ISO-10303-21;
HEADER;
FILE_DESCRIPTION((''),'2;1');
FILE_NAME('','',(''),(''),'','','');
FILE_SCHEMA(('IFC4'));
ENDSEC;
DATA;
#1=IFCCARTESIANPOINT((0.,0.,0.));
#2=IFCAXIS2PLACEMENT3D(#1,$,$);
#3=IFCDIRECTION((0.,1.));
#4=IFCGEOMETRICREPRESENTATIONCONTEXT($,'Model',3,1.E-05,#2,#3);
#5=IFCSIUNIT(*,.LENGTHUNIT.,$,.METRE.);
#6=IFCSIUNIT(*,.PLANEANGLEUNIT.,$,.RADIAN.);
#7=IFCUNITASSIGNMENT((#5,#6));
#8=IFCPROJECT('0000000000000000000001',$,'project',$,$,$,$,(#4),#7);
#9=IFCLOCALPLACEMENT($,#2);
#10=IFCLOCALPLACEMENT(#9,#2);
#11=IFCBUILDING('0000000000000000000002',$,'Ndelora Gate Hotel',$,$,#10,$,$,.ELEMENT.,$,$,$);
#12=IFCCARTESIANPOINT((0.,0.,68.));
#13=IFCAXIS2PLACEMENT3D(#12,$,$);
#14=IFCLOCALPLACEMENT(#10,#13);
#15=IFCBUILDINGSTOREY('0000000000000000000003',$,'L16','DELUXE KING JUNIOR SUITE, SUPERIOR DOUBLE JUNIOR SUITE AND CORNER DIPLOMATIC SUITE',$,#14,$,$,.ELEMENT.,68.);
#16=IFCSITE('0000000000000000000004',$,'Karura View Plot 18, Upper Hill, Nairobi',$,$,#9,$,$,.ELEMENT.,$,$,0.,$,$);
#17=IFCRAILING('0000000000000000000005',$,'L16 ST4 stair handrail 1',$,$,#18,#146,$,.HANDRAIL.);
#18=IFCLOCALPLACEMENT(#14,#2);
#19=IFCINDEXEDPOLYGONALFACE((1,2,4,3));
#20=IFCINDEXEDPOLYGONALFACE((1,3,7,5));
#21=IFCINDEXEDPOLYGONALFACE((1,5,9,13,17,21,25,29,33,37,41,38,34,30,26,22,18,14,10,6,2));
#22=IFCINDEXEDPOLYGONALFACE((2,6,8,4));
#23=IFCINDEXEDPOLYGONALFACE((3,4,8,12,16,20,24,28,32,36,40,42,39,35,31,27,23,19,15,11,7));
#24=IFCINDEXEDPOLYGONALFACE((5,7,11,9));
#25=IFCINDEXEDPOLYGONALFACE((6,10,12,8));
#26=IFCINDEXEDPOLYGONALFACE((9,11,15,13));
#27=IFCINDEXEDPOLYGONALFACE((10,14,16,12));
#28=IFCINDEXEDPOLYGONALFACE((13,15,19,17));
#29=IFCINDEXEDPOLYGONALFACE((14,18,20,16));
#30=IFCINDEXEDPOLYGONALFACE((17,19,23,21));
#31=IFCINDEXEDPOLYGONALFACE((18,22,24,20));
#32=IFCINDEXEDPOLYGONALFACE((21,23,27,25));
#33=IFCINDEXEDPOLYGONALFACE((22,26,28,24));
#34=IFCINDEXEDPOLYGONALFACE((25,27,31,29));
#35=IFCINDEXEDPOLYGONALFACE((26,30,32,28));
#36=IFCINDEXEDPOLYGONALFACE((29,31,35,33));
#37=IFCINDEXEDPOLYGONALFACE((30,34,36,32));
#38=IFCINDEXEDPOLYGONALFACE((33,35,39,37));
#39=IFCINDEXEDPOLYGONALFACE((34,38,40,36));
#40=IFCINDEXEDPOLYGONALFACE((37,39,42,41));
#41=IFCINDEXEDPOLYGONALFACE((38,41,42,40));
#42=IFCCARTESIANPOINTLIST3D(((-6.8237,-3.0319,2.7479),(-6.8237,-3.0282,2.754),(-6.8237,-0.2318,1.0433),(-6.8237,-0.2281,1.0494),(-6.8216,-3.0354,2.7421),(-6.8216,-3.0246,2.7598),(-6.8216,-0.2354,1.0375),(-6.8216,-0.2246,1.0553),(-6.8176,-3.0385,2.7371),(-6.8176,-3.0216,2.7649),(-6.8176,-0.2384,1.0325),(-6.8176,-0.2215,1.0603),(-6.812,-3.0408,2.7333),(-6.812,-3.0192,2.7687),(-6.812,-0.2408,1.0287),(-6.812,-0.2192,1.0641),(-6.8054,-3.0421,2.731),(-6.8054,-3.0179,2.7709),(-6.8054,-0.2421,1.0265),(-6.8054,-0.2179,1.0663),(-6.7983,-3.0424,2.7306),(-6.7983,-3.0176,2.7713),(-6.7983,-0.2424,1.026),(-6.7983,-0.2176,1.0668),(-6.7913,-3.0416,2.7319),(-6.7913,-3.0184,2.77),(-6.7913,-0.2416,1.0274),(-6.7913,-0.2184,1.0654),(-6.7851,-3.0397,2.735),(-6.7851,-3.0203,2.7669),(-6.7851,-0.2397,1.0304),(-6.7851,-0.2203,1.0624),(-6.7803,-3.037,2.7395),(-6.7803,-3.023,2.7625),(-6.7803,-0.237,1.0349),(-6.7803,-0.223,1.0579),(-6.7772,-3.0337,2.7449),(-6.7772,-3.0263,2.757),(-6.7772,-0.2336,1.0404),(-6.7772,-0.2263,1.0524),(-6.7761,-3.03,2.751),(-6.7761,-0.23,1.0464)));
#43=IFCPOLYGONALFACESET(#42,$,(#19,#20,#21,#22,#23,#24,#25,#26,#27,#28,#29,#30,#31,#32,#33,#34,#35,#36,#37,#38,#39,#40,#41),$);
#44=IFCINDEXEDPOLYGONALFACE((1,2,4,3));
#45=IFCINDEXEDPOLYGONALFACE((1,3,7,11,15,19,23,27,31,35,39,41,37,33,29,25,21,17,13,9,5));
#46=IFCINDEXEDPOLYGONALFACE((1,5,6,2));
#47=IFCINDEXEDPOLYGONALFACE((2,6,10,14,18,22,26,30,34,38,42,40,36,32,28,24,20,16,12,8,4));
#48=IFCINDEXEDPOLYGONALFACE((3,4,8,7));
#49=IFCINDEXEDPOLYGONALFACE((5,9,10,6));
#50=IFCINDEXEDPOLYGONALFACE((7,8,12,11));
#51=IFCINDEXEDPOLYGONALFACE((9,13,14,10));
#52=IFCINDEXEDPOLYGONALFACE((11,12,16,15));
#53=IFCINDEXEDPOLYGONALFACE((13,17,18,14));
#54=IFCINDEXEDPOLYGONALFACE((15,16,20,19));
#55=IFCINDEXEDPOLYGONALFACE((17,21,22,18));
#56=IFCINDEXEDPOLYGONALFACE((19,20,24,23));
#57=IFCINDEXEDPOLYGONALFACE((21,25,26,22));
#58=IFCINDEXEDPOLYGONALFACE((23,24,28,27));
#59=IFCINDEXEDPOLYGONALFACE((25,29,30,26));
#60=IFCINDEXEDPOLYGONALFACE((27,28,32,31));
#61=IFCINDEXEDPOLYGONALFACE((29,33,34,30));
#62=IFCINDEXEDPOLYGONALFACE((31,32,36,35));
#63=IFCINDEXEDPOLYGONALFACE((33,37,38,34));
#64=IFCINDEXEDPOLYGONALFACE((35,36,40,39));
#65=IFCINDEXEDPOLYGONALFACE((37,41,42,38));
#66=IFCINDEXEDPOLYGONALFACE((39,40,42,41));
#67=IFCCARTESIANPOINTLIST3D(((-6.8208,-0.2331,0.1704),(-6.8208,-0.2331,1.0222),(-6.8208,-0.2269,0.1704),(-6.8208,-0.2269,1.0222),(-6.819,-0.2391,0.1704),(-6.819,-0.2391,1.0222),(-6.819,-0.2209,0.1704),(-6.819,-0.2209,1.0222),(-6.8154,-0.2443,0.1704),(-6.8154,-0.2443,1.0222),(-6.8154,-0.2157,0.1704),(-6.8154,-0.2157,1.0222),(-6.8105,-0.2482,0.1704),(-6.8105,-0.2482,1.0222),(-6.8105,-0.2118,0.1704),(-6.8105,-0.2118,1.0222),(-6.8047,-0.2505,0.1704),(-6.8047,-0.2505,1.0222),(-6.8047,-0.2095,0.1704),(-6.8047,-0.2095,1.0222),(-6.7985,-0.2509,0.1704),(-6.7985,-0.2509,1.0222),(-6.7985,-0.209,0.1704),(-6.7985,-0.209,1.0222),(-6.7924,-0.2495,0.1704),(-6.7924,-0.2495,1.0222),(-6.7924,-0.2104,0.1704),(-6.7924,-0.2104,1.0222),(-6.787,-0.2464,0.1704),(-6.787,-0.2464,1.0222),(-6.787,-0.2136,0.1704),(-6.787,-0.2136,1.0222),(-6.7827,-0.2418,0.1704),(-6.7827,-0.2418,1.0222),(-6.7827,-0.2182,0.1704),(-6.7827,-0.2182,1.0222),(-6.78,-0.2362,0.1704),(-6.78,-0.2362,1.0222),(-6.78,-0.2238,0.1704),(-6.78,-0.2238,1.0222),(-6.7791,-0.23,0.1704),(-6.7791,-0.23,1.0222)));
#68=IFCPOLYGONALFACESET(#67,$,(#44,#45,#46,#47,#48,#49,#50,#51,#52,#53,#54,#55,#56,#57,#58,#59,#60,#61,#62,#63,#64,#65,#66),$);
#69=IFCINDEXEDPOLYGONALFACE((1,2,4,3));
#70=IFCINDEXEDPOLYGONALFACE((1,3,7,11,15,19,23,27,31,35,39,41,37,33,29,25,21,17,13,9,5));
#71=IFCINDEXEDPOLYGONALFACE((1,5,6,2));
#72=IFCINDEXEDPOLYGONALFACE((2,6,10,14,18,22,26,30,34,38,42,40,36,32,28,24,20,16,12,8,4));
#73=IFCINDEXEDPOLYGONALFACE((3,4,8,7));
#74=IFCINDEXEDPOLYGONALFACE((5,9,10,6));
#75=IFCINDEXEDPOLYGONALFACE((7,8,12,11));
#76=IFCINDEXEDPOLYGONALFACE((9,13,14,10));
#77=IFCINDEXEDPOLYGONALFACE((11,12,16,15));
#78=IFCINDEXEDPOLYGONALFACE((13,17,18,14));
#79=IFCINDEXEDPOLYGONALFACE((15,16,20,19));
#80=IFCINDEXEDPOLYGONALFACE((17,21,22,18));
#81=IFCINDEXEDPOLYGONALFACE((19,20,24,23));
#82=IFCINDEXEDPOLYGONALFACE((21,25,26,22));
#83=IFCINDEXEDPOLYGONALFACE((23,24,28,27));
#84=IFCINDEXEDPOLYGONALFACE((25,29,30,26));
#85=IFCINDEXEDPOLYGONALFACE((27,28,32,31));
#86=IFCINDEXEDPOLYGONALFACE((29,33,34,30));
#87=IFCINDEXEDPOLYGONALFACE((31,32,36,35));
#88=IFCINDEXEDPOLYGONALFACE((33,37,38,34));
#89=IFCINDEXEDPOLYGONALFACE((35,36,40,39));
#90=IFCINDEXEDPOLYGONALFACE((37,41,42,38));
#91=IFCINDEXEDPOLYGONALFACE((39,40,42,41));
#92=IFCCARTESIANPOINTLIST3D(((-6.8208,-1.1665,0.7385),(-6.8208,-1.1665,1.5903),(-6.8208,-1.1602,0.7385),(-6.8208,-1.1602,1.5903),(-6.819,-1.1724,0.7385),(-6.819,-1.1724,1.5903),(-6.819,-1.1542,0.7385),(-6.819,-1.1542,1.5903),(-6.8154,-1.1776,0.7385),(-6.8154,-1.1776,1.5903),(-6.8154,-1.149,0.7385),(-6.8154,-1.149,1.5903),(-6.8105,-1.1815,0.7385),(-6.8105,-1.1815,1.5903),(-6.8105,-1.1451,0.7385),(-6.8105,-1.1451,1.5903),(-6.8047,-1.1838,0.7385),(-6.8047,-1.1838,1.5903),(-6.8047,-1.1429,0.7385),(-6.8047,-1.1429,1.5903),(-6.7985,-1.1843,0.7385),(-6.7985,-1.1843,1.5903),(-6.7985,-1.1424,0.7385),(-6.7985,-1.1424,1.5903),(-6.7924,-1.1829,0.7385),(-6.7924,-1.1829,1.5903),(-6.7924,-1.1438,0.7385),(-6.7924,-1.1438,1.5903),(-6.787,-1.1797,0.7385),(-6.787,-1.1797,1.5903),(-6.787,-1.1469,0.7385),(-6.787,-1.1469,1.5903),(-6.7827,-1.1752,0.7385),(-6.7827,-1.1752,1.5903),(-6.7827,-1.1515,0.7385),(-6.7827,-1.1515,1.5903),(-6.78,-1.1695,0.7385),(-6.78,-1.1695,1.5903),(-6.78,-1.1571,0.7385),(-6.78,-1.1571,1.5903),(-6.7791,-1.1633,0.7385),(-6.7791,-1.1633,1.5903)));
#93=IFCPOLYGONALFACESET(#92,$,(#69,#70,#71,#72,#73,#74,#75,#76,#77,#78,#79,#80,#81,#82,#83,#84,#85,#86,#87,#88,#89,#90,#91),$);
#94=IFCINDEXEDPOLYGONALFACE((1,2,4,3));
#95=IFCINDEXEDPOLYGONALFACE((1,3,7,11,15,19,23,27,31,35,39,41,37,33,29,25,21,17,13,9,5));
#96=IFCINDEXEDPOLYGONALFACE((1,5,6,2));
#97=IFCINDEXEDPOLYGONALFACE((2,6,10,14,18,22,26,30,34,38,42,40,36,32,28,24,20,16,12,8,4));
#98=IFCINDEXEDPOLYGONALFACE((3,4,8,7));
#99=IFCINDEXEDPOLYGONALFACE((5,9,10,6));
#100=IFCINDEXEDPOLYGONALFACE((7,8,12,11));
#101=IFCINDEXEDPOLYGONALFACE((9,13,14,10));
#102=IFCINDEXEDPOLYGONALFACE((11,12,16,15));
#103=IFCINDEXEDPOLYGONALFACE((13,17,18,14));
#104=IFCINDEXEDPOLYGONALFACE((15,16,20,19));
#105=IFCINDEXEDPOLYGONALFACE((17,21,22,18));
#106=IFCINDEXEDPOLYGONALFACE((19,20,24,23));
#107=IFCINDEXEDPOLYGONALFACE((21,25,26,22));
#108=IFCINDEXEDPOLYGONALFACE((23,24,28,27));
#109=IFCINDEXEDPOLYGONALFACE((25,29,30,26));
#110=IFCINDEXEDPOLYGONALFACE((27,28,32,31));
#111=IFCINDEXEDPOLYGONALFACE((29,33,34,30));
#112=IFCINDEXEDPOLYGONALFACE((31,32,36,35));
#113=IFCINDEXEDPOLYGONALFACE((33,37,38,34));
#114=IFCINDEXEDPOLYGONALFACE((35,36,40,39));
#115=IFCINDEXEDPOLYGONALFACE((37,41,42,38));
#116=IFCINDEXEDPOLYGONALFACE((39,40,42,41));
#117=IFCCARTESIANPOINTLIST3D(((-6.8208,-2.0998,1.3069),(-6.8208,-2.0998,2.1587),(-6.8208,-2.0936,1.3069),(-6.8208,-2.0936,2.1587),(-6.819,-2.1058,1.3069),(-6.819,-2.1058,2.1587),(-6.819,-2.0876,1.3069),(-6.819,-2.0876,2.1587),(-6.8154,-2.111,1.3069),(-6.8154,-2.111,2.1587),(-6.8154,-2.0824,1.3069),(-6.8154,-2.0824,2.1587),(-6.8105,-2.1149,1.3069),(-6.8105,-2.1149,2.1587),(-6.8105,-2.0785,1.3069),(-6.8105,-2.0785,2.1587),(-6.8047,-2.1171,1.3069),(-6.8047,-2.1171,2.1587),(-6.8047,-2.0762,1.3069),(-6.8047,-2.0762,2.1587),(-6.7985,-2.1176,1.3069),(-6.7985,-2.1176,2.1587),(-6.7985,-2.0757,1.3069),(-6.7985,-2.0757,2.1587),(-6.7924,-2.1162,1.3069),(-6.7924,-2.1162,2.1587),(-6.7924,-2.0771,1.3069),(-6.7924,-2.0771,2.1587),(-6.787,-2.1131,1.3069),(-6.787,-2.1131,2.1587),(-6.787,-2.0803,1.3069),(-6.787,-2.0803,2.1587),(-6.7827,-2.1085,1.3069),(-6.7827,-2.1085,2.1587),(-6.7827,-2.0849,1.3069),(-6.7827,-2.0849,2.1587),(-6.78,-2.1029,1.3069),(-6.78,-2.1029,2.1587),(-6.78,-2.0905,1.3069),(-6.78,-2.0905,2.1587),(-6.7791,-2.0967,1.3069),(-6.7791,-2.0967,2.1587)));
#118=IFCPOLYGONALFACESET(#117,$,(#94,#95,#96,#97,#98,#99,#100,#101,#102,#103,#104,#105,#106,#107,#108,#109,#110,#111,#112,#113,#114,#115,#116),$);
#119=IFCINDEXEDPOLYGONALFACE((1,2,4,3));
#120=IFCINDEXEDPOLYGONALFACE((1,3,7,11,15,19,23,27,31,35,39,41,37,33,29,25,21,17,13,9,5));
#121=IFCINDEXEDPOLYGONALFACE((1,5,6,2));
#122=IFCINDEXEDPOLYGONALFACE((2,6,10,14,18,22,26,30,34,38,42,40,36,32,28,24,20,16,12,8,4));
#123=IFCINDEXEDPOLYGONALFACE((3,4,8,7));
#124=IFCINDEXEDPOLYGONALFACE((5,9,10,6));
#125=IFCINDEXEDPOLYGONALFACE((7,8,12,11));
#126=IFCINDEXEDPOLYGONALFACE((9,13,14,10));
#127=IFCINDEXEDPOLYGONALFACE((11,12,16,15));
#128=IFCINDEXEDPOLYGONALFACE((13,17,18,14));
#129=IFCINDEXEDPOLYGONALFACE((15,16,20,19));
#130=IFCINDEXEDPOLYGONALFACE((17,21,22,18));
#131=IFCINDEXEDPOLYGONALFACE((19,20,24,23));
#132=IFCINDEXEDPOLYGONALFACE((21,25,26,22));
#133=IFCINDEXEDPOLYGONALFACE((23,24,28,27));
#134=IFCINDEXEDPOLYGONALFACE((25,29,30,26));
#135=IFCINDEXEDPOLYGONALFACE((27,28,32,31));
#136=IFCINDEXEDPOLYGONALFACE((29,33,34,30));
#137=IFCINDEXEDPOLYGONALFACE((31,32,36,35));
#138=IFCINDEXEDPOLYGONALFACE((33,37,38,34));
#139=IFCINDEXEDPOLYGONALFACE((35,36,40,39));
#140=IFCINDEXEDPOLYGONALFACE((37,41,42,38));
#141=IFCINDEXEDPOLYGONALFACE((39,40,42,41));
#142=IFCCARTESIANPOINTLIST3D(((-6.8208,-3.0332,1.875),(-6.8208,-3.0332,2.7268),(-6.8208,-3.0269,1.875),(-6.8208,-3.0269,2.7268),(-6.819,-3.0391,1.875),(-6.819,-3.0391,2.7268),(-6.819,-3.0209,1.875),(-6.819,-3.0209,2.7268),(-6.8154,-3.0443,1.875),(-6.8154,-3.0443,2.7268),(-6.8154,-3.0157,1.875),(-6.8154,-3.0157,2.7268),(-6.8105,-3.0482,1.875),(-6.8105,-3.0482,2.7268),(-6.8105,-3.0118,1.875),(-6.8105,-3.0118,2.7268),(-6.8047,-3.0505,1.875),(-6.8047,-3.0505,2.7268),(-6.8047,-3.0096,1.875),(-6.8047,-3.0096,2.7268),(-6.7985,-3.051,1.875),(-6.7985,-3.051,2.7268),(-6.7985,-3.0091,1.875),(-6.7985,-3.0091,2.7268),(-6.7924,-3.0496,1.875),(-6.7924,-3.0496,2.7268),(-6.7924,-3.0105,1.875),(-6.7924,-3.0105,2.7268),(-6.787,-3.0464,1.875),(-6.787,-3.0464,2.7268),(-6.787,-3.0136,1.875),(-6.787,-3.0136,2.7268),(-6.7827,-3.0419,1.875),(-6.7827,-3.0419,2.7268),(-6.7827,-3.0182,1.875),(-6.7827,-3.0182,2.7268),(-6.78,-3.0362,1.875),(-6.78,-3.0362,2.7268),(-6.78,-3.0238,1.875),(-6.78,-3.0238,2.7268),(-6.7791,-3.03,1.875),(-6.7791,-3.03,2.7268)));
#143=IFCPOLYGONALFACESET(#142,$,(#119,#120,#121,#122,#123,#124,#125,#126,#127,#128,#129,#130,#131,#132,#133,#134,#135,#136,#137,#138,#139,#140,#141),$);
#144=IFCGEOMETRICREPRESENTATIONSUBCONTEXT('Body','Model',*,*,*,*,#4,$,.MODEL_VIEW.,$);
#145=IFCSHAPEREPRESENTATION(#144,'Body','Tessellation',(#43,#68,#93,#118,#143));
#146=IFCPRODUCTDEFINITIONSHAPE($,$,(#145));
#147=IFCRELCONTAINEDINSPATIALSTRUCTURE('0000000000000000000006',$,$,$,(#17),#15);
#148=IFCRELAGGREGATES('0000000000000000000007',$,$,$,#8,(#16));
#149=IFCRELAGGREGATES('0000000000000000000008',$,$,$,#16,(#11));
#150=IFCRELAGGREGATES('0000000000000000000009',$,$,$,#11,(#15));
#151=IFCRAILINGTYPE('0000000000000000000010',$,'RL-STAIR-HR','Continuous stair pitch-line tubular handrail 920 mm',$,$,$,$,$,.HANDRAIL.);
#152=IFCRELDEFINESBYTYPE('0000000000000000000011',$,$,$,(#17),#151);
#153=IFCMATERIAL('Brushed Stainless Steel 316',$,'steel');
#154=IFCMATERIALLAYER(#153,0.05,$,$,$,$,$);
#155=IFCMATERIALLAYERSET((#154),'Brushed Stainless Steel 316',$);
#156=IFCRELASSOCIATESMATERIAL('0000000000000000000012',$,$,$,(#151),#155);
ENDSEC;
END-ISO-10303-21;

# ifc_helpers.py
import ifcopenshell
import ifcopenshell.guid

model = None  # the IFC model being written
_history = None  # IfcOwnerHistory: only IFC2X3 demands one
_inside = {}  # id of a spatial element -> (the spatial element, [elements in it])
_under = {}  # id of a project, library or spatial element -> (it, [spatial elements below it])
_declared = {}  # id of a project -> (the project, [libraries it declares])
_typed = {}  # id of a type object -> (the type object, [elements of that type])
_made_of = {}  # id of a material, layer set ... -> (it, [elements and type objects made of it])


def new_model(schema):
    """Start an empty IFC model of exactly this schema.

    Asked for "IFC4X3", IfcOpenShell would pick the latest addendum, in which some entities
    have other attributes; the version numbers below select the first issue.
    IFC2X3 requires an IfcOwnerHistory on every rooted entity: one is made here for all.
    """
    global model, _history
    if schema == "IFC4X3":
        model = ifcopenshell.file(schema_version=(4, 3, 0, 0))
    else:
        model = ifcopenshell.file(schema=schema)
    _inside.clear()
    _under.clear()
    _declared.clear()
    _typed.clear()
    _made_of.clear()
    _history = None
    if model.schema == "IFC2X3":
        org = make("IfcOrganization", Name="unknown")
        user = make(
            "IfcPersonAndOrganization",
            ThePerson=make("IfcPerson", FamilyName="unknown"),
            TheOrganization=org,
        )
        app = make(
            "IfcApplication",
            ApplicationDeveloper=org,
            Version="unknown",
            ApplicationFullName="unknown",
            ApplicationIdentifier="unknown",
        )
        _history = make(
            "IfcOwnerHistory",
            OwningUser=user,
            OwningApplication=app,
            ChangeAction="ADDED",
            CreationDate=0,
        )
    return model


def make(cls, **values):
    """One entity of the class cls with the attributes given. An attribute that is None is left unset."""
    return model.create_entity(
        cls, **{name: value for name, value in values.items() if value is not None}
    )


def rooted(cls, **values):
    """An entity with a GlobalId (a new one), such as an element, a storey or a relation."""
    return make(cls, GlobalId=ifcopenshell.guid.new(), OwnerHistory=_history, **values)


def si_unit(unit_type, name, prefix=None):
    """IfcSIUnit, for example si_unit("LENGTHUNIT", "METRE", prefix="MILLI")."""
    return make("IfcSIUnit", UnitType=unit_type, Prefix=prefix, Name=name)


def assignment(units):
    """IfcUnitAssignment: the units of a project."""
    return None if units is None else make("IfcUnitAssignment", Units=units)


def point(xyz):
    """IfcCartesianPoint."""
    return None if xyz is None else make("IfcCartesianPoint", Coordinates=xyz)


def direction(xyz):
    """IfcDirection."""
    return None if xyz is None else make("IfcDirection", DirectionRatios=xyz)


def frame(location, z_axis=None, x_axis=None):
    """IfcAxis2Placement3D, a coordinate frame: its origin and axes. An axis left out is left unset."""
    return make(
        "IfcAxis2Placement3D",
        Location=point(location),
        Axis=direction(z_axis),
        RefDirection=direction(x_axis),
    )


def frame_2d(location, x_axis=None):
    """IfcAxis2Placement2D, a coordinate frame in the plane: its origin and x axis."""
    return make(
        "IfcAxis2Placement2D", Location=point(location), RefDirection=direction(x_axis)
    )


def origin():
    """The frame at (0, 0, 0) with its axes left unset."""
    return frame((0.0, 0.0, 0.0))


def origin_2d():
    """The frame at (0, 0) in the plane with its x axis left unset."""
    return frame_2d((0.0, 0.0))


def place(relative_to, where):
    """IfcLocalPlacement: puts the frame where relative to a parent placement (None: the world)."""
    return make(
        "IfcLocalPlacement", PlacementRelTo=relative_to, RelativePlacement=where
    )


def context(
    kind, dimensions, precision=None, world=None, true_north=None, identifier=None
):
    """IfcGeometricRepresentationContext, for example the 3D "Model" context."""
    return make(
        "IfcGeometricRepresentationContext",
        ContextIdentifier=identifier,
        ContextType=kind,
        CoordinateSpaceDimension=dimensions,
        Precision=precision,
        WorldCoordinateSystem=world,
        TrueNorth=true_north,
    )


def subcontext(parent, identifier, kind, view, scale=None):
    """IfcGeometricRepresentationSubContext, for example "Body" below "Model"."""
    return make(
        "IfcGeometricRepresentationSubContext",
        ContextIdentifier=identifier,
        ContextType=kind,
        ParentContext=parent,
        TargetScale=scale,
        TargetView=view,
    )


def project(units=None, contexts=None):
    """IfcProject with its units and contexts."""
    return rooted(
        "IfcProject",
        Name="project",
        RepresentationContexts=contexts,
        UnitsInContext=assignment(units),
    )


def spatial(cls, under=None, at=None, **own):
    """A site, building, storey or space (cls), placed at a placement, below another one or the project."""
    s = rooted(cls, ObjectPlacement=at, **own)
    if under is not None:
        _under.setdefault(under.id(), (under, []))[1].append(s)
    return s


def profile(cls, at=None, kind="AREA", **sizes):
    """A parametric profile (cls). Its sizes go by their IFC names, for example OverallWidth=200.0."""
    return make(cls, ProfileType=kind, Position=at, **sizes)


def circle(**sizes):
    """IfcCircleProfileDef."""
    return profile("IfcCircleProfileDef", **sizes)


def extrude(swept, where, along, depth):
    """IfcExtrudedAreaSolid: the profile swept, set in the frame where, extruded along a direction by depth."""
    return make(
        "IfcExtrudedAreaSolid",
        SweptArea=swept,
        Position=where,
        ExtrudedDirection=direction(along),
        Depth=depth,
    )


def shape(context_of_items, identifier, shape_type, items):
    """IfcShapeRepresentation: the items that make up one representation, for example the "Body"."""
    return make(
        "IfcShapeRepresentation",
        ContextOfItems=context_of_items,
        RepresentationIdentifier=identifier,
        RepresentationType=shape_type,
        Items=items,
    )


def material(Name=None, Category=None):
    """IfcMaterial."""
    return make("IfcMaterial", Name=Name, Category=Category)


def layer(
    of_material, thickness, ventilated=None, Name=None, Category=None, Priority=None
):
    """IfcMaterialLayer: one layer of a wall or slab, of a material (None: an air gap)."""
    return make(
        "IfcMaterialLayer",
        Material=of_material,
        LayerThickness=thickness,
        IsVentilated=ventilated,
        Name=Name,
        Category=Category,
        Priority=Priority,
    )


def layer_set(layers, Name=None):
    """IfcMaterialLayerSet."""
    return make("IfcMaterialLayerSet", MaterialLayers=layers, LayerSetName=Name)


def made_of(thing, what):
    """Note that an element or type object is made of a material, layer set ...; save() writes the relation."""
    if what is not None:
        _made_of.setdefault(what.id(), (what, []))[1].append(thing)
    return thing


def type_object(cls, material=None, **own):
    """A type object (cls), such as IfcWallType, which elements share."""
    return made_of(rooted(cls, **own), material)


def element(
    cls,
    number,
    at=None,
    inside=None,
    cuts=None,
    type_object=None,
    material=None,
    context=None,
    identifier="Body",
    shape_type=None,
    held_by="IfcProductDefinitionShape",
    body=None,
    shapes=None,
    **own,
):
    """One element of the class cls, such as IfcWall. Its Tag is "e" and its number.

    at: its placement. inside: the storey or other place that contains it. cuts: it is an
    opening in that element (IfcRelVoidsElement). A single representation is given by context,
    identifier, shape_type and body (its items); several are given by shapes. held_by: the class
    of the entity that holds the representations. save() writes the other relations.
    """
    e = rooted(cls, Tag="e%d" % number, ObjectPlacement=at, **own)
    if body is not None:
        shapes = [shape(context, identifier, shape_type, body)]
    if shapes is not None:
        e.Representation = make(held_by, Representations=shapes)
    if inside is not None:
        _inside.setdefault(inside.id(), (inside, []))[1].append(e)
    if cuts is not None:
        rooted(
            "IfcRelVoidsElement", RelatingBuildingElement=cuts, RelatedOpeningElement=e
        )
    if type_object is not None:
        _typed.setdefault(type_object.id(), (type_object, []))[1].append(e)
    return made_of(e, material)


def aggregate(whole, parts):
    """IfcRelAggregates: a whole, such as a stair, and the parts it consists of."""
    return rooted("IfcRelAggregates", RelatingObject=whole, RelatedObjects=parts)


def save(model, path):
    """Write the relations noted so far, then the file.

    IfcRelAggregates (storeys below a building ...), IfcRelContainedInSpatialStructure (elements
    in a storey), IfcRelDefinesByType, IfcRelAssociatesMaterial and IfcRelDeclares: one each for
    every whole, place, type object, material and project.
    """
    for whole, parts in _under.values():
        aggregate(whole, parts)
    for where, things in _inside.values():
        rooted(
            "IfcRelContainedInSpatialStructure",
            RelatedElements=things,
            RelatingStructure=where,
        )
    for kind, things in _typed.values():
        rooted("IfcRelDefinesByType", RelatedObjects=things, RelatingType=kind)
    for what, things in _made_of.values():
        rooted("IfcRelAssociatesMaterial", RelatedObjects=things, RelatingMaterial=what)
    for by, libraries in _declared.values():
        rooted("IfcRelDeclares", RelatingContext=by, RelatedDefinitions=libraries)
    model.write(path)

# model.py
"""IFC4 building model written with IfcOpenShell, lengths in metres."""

from ifc_helpers import new_model, si_unit, direction, frame, origin, origin_2d, place, context, subcontext, project, spatial, circle, extrude, material, layer, layer_set, type_object, element, save


model = new_model("IFC4")

# Units and contexts
model_context = context("Model", 3, precision=1e-05, world=origin(), true_north=direction((0.0, 1.0)))
body_context = subcontext(model_context, "Body", "Model", "MODEL_VIEW")
ifc_project = project(units=[si_unit("LENGTHUNIT", "METRE"), si_unit("PLANEANGLEUNIT", "RADIAN")], contexts=[model_context])

# Site, building, storey
site_placement = place(None, origin())
site = spatial("IfcSite", under=ifc_project, at=site_placement, Name="Karura View Plot 18, Upper Hill, Nairobi", CompositionType="ELEMENT", RefElevation=0.0)
building_placement = place(site_placement, origin())
building = spatial("IfcBuilding", under=site, at=building_placement, Name="Ndelora Gate Hotel", CompositionType="ELEMENT")
storey_placement = place(building_placement, frame((0.0, 0.0, 68.0)))
storey = spatial("IfcBuildingStorey", under=building, at=storey_placement, Name="L16", Description="DELUXE KING JUNIOR SUITE, SUPERIOR DOUBLE JUNIOR SUITE AND CORNER DIPLOMATIC SUITE", CompositionType="ELEMENT", Elevation=68.0)

# Railing
ifc_material_1 = material(Name="Brushed Stainless Steel 316", Category="steel")
ifc_layer_1 = layer(ifc_material_1, 0.05)
ifc_layer_set_1 = layer_set([ifc_layer_1], Name="Brushed Stainless Steel 316")
railing_type_1 = type_object("IfcRailingType", Name="RL-STAIR-HR", Description="Continuous stair pitch-line tubular handrail 920 mm", PredefinedType="HANDRAIL", material=ifc_layer_set_1)
railing_1_placement = place(storey_placement, frame((-6.8, -0.23, 0.1704)))
element("IfcRailing", 1, at=railing_1_placement, inside=storey, type_object=railing_type_1, Name="L16 ST4 stair handrail 1", PredefinedType="HANDRAIL", context=body_context, shape_type="SweptSolid", body=[
    extrude(circle(Radius=0.0239, at=origin_2d()), frame((0.0, 0.0, 0.876), z_axis=(0.0, -0.85417, 0.519994), x_axis=(1.0, 0.0, 0.0)), (0.0, 0.0, 1.0), 3.2781),
    extrude(circle(Radius=0.021, at=origin_2d()), origin(), (0.0, 0.0, 1.0), 0.8518),
    extrude(circle(Radius=0.021, at=origin_2d()), frame((0.0, -0.9333, 0.5681)), (0.0, 0.0, 1.0), 0.8518),
    extrude(circle(Radius=0.021, at=origin_2d()), frame((0.0, -1.8667, 1.1365)), (0.0, 0.0, 1.0), 0.8518),
    extrude(circle(Radius=0.021, at=origin_2d()), frame((0.0, -2.8, 1.7046)), (0.0, 0.0, 1.0), 0.8518),
])

save(model, "model.ifc")
